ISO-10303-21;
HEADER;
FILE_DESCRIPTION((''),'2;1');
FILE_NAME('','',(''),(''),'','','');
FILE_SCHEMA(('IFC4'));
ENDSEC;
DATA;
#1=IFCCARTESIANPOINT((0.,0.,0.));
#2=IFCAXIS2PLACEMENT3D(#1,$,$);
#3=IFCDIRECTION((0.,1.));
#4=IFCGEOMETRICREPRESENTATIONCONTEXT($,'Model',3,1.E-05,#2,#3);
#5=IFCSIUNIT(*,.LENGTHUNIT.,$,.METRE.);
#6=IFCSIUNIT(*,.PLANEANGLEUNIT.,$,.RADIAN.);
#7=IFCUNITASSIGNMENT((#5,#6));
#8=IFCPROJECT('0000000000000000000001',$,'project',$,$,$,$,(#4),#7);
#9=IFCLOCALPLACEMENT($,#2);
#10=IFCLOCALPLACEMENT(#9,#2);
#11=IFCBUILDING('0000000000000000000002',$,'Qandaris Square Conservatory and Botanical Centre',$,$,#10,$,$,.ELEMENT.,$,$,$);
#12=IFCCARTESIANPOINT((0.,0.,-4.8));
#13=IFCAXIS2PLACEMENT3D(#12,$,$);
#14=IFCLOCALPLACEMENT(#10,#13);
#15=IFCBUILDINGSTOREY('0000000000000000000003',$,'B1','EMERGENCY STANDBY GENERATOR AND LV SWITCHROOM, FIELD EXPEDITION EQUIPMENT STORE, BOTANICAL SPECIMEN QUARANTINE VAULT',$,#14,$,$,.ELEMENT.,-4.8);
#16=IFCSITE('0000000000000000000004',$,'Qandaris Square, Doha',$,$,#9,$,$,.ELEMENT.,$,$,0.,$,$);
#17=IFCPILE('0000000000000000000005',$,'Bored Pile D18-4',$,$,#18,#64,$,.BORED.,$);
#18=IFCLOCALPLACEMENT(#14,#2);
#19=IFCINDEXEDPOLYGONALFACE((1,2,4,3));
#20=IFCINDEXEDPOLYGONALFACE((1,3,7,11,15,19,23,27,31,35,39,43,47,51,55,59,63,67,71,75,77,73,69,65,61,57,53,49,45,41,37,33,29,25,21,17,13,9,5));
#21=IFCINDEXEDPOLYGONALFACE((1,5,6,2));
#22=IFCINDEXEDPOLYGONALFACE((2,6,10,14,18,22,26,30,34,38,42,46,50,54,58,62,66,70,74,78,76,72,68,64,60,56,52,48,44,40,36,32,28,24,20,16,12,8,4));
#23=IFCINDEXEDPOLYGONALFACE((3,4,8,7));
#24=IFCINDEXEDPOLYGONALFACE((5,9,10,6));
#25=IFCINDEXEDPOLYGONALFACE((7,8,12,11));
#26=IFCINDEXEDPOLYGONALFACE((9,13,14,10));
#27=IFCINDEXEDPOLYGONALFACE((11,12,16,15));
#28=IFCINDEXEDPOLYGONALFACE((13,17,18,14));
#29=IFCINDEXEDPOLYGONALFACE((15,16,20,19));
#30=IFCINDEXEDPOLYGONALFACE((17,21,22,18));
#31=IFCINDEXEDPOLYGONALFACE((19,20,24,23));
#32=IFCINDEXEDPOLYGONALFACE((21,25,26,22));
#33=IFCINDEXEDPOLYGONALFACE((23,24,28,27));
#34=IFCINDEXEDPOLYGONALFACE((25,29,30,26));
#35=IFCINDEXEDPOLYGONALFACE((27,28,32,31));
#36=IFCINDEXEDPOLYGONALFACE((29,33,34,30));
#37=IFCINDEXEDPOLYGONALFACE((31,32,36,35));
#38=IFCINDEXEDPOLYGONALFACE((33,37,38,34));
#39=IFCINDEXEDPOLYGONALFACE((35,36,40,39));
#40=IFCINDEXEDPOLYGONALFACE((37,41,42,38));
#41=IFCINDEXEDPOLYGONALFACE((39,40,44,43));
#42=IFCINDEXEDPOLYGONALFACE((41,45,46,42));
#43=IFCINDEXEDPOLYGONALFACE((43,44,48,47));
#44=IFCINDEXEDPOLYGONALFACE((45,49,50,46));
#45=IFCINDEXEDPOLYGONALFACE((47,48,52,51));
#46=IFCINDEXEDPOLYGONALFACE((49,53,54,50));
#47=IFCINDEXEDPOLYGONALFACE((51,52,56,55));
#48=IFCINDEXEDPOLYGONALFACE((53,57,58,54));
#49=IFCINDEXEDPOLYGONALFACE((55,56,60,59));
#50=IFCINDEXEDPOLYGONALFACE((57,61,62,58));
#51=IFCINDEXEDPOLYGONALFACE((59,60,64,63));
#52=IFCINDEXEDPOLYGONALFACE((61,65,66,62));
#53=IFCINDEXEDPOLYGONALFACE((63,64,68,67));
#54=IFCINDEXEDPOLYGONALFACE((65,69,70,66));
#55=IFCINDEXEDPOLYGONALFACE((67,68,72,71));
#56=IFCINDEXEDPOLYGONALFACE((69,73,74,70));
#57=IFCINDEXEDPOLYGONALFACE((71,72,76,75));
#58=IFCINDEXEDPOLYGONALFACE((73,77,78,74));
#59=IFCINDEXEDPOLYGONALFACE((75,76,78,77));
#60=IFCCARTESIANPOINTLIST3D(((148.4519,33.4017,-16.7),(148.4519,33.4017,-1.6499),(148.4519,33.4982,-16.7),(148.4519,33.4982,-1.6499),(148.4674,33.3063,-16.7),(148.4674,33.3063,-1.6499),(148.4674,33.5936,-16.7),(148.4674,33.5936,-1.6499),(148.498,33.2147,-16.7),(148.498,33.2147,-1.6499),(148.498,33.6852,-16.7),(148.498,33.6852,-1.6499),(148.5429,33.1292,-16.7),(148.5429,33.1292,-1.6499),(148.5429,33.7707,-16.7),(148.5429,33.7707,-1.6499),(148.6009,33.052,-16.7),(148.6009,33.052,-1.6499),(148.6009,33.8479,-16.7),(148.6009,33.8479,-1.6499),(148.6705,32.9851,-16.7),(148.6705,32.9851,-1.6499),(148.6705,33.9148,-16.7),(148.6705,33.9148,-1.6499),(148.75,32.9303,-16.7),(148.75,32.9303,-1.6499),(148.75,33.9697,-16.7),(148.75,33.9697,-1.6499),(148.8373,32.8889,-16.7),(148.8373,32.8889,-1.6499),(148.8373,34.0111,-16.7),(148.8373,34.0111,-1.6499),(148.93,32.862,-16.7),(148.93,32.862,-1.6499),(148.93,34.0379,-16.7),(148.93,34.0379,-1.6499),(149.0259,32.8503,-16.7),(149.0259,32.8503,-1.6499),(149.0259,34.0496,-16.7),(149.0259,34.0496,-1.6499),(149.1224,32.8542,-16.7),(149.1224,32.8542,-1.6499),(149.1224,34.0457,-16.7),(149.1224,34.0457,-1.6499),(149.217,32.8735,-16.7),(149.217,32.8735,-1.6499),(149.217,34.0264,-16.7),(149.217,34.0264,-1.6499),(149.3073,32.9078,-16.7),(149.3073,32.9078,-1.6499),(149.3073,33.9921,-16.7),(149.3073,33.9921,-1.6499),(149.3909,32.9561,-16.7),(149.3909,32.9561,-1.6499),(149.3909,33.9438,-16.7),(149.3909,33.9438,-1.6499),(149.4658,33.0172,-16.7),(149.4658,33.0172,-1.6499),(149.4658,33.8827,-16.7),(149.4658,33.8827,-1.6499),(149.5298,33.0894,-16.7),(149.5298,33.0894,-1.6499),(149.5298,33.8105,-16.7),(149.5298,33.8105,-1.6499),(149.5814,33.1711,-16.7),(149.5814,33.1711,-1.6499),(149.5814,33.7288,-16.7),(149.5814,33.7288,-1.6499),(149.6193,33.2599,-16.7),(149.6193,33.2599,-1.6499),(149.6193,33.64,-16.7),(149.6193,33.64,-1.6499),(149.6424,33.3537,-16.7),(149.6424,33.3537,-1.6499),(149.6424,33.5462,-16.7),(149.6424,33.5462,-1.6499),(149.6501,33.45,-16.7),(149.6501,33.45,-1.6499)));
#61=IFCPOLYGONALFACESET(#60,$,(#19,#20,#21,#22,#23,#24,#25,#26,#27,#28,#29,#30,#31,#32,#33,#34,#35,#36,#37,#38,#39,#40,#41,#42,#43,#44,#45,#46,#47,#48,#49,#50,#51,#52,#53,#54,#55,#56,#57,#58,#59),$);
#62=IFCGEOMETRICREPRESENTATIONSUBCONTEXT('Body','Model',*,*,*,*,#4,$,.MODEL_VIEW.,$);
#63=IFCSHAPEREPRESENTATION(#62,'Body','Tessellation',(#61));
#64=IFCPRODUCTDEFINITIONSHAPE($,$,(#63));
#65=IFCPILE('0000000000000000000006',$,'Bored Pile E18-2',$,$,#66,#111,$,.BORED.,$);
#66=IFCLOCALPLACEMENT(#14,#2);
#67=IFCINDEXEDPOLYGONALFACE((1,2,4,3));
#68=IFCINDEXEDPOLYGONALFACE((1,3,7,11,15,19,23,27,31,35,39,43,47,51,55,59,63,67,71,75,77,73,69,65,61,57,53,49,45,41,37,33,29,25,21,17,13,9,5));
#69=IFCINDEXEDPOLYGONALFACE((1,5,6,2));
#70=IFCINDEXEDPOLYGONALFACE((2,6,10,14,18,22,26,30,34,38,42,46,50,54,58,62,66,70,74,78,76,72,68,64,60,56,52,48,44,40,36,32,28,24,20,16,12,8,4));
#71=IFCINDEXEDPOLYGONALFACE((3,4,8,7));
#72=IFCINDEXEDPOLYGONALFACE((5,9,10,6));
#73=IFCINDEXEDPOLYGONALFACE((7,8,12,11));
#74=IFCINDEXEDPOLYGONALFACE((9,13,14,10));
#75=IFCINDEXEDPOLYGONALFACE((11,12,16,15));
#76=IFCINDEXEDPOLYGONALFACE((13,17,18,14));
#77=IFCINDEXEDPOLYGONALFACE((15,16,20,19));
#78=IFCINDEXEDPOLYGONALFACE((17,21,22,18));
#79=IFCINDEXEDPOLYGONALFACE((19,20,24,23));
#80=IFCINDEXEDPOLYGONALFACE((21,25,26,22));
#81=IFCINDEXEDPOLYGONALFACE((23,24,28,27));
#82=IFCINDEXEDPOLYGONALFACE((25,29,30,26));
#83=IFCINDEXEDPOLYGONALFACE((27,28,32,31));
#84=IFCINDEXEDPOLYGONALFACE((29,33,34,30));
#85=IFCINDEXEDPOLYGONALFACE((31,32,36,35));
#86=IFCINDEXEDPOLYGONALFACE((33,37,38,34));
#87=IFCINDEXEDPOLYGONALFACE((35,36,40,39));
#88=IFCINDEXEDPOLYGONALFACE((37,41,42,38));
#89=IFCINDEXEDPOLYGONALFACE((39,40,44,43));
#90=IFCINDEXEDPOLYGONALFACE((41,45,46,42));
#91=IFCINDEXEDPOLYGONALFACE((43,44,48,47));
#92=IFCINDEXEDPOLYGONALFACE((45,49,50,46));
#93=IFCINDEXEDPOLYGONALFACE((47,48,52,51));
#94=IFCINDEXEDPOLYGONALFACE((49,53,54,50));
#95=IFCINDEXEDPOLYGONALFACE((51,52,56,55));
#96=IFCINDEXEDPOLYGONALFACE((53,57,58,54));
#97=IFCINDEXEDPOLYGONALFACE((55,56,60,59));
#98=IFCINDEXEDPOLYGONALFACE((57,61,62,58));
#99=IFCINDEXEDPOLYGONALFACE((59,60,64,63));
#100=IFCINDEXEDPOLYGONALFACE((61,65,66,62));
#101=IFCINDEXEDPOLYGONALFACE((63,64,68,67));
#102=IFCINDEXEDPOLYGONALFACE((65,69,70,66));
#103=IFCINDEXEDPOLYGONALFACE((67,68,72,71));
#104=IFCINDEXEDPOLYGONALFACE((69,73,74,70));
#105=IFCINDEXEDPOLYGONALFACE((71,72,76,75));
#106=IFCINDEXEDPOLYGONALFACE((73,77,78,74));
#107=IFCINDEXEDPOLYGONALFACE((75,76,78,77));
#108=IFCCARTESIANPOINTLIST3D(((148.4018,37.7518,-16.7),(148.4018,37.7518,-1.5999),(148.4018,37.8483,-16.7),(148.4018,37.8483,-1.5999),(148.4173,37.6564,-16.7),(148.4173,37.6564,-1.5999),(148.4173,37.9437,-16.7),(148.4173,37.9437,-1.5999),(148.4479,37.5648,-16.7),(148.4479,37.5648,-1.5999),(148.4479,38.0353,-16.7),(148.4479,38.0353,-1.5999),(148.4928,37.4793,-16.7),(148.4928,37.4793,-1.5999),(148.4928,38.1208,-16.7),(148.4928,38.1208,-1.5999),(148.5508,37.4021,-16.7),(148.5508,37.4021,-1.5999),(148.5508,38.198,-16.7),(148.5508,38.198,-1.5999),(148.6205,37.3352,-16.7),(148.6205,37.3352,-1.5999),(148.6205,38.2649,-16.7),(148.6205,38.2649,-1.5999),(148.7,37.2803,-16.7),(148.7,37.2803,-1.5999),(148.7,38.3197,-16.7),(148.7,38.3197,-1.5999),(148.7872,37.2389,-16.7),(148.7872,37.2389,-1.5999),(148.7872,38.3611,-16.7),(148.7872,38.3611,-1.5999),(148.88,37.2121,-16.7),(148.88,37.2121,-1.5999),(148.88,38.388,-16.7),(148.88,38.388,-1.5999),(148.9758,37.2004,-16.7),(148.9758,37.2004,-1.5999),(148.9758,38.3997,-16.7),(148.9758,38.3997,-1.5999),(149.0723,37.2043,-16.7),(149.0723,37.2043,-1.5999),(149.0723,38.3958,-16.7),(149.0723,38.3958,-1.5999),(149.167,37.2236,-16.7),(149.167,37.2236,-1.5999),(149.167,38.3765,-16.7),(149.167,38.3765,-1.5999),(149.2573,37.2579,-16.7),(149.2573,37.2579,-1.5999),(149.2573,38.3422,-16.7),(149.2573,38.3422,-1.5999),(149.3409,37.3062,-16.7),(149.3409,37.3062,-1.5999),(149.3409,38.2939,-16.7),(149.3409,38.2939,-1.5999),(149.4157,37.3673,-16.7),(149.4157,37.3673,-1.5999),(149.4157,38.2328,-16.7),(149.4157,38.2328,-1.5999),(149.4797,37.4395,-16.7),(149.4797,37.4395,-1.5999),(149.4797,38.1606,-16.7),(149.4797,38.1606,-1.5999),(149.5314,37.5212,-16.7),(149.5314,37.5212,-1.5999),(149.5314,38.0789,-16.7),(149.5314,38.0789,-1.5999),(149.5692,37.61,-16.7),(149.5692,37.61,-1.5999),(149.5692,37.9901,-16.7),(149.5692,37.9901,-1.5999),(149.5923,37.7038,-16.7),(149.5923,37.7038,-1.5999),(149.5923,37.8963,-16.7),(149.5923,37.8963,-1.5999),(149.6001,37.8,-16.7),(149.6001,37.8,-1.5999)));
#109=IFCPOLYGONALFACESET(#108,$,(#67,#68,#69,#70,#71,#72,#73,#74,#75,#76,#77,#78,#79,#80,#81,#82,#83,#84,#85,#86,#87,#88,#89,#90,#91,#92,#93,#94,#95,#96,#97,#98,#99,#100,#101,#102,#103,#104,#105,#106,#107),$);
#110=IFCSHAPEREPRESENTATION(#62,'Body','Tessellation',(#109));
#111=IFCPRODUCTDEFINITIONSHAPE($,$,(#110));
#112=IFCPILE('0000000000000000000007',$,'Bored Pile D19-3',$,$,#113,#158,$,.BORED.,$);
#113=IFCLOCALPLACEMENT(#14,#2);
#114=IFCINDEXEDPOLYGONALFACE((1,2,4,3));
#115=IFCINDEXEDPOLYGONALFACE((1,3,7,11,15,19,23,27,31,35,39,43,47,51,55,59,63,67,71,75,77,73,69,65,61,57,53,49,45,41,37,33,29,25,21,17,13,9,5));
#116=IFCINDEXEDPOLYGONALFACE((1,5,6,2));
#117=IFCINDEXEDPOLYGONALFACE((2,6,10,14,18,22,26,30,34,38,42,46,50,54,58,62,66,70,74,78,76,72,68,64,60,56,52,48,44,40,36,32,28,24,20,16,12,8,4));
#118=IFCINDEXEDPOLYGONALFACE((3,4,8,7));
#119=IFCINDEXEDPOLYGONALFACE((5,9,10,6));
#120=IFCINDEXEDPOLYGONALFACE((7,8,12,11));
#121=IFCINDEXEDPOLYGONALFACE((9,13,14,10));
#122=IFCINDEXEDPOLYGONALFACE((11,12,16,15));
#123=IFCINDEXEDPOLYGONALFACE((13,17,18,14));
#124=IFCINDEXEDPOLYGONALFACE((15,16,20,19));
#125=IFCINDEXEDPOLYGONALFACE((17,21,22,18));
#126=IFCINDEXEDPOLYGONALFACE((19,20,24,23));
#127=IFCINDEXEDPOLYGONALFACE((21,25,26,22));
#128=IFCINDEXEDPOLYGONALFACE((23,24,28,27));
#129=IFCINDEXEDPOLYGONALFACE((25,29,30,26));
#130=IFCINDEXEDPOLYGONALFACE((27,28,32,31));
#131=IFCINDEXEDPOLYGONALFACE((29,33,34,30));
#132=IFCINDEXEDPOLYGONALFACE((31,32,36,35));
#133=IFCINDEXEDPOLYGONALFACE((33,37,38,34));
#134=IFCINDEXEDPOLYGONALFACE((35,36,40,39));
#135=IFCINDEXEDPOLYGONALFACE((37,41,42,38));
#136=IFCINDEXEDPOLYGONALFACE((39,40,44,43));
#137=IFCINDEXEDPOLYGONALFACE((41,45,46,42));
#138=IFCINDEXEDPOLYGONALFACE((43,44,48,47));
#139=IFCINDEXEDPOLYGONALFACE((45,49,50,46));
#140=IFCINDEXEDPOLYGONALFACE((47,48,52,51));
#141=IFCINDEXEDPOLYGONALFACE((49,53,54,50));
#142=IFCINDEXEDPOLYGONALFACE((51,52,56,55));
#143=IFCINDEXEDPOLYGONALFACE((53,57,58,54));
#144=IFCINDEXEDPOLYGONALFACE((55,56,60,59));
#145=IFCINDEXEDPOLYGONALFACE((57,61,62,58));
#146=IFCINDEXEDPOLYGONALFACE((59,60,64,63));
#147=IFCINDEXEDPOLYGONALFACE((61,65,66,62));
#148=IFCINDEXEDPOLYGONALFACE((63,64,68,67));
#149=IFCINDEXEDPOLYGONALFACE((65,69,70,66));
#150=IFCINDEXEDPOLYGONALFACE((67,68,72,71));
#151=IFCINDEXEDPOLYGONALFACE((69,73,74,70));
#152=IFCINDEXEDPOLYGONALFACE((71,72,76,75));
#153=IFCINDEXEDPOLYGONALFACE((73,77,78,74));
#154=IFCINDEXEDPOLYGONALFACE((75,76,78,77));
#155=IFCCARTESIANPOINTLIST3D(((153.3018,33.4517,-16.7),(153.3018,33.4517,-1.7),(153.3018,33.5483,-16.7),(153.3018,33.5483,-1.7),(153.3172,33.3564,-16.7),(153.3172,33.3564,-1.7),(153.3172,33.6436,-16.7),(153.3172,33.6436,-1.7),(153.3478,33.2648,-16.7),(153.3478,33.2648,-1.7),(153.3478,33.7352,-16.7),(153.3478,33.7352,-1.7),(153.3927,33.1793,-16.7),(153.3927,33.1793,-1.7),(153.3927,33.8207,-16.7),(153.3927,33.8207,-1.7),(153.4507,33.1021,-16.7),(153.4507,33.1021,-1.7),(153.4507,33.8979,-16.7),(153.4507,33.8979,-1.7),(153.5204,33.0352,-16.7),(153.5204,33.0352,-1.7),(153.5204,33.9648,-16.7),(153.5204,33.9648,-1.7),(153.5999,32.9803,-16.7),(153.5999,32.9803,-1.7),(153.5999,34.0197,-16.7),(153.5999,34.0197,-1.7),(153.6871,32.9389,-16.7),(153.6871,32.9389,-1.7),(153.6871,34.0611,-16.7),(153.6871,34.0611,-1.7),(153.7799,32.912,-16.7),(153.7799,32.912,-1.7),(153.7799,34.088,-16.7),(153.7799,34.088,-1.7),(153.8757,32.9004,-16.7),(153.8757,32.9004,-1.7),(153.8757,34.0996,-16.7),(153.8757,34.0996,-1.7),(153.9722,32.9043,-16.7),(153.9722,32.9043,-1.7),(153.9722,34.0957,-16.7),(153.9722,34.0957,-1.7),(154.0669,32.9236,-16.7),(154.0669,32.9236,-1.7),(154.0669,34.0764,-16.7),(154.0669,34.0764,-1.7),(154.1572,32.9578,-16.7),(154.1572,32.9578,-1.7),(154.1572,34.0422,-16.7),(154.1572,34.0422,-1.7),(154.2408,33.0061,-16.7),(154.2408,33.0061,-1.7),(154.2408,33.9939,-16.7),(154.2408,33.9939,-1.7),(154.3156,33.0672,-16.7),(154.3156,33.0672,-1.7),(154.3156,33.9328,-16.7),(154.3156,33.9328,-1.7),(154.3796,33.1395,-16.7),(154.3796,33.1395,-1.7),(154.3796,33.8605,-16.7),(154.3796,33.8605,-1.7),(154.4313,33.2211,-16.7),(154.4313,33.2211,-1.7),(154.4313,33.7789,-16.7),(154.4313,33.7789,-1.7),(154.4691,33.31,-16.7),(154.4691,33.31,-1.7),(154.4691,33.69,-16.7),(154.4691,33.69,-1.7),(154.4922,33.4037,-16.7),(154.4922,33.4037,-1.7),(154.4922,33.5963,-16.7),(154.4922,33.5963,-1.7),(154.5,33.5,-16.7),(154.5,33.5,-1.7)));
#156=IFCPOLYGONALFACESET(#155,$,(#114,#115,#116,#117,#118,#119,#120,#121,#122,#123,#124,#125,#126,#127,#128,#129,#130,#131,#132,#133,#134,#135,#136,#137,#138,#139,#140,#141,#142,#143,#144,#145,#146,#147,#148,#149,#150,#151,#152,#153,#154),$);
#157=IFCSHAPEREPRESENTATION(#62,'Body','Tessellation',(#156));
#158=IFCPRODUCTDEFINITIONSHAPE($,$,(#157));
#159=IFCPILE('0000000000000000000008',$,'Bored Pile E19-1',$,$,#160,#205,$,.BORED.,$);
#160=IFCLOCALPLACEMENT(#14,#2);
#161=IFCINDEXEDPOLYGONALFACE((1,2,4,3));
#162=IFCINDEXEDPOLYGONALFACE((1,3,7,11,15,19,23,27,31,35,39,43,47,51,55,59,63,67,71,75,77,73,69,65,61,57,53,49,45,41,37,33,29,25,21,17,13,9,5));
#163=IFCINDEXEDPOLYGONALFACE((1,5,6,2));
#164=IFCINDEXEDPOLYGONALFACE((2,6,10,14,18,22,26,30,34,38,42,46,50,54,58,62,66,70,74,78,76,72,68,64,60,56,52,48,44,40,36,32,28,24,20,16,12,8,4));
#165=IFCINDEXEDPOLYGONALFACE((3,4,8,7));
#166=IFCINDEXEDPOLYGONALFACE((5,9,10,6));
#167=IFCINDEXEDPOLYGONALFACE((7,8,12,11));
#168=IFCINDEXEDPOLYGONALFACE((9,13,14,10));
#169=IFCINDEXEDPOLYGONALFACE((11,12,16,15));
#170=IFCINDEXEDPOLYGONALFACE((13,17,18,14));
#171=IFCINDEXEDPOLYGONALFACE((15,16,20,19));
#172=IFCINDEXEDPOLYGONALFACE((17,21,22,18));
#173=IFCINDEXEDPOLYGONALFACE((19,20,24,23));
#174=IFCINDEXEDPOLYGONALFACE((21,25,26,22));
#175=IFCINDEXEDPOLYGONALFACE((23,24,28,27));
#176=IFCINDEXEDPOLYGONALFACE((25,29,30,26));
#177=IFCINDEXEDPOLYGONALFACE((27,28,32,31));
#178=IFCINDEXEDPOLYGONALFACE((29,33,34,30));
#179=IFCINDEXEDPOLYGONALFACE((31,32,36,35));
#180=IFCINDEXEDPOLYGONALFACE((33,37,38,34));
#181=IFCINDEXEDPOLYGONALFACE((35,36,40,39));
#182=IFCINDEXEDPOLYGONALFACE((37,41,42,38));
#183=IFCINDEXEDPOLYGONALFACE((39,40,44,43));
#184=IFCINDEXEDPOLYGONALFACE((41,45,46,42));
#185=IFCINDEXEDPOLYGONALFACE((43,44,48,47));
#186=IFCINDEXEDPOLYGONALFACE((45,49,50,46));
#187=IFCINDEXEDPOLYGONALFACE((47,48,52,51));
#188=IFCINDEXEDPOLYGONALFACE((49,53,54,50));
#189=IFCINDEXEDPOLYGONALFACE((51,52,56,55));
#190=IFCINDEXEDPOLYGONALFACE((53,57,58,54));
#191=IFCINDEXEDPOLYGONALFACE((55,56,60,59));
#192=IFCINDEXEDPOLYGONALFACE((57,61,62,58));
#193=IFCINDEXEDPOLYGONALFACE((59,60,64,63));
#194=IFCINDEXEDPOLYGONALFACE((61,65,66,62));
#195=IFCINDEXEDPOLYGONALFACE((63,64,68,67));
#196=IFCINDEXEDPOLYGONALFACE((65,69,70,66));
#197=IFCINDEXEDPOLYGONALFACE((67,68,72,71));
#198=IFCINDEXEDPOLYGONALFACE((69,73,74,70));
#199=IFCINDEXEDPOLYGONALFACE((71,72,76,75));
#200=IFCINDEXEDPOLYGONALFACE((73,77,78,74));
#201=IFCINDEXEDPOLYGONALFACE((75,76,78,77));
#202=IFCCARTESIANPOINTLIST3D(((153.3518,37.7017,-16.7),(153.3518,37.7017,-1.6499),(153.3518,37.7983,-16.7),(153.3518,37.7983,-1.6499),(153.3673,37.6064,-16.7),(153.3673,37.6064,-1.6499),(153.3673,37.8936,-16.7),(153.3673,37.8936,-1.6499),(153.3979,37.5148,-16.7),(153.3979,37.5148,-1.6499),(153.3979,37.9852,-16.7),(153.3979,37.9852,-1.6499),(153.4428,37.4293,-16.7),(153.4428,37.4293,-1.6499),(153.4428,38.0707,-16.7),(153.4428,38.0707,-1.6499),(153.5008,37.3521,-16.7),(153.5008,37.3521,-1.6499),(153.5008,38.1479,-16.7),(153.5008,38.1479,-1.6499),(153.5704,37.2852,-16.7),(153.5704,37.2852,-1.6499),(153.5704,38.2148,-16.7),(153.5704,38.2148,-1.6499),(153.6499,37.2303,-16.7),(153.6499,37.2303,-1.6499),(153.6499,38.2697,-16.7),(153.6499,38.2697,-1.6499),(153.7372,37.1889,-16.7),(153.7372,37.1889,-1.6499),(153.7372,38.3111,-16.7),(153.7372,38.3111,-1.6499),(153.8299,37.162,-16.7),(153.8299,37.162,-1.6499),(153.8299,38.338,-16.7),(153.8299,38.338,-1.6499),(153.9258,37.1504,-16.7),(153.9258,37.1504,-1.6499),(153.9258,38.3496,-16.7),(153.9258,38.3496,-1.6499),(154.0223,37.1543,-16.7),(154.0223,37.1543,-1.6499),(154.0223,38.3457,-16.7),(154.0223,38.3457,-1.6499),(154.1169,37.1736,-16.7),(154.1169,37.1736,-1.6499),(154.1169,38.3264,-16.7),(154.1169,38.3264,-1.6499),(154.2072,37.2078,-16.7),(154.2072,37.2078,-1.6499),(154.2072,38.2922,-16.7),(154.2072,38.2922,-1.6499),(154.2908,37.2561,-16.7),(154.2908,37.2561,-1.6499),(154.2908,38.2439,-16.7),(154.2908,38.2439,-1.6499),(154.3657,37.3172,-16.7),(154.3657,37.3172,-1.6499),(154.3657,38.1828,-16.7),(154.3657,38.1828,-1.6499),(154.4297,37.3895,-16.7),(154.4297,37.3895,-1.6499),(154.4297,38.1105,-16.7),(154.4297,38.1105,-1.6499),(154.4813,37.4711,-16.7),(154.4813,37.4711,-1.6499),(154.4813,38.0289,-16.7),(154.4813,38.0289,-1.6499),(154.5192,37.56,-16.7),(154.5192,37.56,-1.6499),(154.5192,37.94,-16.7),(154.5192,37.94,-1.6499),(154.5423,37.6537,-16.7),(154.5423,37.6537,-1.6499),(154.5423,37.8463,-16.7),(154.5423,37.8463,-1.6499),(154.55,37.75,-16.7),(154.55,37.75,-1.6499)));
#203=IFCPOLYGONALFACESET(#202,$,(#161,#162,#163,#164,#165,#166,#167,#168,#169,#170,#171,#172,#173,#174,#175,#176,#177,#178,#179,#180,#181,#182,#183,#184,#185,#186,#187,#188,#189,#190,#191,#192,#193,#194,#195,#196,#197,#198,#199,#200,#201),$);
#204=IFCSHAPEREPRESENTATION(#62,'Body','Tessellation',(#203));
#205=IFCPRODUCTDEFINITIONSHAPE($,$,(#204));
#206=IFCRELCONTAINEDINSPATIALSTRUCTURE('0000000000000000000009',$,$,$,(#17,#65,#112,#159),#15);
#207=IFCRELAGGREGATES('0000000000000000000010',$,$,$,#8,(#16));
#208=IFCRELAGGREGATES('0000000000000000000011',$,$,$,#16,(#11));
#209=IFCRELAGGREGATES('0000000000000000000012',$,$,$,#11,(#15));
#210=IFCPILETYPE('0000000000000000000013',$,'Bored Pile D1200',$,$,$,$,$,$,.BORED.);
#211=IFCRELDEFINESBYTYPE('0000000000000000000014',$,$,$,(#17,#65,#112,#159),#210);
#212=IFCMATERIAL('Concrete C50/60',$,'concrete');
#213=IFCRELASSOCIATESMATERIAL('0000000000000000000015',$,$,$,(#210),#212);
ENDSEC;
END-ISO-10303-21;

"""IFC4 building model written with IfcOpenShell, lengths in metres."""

from ifc_helpers import new_model, si_unit, direction, frame, origin, origin_2d, place, context, subcontext, project, spatial, circle, extrude, material, material_profile, profile_set, type_object, element, save


model = new_model("IFC4")

# Units and contexts
model_context = context("Model", 3, precision=1e-05, world=origin(), true_north=direction((0.0, 1.0)))
body_context = subcontext(model_context, "Body", "Model", "MODEL_VIEW")
ifc_project = project(units=[si_unit("LENGTHUNIT", "METRE"), si_unit("PLANEANGLEUNIT", "RADIAN")], contexts=[model_context])

# Site, building, storey
site_placement = place(None, origin())
site = spatial("IfcSite", under=ifc_project, at=site_placement, Name="Qandaris Square, Doha", CompositionType="ELEMENT", RefElevation=0.0)
building_placement = place(site_placement, origin())
building = spatial("IfcBuilding", under=site, at=building_placement, Name="Qandaris Square Conservatory and Botanical Centre", CompositionType="ELEMENT")
storey_placement = place(building_placement, frame((0.0, 0.0, -4.8)))
storey = spatial("IfcBuildingStorey", under=building, at=storey_placement, Name="B1", Description="EMERGENCY STANDBY GENERATOR AND LV SWITCHROOM, FIELD EXPEDITION EQUIPMENT STORE, BOTANICAL SPECIMEN QUARANTINE VAULT", CompositionType="ELEMENT", Elevation=-4.8)

# Piles
ifc_material_1 = material(Name="Concrete C50/60", Category="concrete")
ifc_material_profile_1 = material_profile(ifc_material_1, circle(Radius=0.6001, at=origin_2d()), Name="PILE D1200")
ifc_profile_set_1 = profile_set([ifc_material_profile_1], Name="Concrete C50/60")
pile_type = type_object("IfcPileType", Name="Bored Pile D1200", PredefinedType="BORED", material=ifc_profile_set_1)
pile_1_placement = place(storey_placement, frame((149.05, 33.45, -1.6499), z_axis=(0.0, 0.0, -1.0), x_axis=(1.0, 0.0, 0.0)))
element("IfcPile", 1, at=pile_1_placement, inside=storey, type_object=pile_type, Name="Bored Pile D18-4", PredefinedType="BORED", context=body_context, shape_type="SweptSolid", body=[
    extrude(circle(Radius=0.6001, at=origin_2d()), origin(), (0.0, 0.0, 1.0), 15.05),
])
pile_2_placement = place(storey_placement, frame((149.0, 37.8, -1.5999), z_axis=(0.0, 0.0, -1.0), x_axis=(1.0, 0.0, 0.0)))
element("IfcPile", 2, at=pile_2_placement, inside=storey, type_object=pile_type, Name="Bored Pile E18-2", PredefinedType="BORED", context=body_context, shape_type="SweptSolid", body=[
    extrude(circle(Radius=0.6001, at=origin_2d()), origin(), (0.0, 0.0, 1.0), 15.1001),
])
pile_3_placement = place(storey_placement, frame((153.8999, 33.5, -1.7), z_axis=(0.0, 0.0, -1.0), x_axis=(1.0, 0.0, 0.0)))
element("IfcPile", 3, at=pile_3_placement, inside=storey, type_object=pile_type, Name="Bored Pile D19-3", PredefinedType="BORED", context=body_context, shape_type="SweptSolid", body=[
    extrude(circle(Radius=0.6001, at=origin_2d()), origin(), (0.0, 0.0, 1.0), 15.0),
])
pile_4_placement = place(storey_placement, frame((153.95, 37.75, -1.6499), z_axis=(0.0, 0.0, -1.0), x_axis=(1.0, 0.0, 0.0)))
element("IfcPile", 4, at=pile_4_placement, inside=storey, type_object=pile_type, Name="Bored Pile E19-1", PredefinedType="BORED", context=body_context, shape_type="SweptSolid", body=[
    extrude(circle(Radius=0.6001, at=origin_2d()), origin(), (0.0, 0.0, 1.0), 15.05),
])

save(model, "model.ifc")
